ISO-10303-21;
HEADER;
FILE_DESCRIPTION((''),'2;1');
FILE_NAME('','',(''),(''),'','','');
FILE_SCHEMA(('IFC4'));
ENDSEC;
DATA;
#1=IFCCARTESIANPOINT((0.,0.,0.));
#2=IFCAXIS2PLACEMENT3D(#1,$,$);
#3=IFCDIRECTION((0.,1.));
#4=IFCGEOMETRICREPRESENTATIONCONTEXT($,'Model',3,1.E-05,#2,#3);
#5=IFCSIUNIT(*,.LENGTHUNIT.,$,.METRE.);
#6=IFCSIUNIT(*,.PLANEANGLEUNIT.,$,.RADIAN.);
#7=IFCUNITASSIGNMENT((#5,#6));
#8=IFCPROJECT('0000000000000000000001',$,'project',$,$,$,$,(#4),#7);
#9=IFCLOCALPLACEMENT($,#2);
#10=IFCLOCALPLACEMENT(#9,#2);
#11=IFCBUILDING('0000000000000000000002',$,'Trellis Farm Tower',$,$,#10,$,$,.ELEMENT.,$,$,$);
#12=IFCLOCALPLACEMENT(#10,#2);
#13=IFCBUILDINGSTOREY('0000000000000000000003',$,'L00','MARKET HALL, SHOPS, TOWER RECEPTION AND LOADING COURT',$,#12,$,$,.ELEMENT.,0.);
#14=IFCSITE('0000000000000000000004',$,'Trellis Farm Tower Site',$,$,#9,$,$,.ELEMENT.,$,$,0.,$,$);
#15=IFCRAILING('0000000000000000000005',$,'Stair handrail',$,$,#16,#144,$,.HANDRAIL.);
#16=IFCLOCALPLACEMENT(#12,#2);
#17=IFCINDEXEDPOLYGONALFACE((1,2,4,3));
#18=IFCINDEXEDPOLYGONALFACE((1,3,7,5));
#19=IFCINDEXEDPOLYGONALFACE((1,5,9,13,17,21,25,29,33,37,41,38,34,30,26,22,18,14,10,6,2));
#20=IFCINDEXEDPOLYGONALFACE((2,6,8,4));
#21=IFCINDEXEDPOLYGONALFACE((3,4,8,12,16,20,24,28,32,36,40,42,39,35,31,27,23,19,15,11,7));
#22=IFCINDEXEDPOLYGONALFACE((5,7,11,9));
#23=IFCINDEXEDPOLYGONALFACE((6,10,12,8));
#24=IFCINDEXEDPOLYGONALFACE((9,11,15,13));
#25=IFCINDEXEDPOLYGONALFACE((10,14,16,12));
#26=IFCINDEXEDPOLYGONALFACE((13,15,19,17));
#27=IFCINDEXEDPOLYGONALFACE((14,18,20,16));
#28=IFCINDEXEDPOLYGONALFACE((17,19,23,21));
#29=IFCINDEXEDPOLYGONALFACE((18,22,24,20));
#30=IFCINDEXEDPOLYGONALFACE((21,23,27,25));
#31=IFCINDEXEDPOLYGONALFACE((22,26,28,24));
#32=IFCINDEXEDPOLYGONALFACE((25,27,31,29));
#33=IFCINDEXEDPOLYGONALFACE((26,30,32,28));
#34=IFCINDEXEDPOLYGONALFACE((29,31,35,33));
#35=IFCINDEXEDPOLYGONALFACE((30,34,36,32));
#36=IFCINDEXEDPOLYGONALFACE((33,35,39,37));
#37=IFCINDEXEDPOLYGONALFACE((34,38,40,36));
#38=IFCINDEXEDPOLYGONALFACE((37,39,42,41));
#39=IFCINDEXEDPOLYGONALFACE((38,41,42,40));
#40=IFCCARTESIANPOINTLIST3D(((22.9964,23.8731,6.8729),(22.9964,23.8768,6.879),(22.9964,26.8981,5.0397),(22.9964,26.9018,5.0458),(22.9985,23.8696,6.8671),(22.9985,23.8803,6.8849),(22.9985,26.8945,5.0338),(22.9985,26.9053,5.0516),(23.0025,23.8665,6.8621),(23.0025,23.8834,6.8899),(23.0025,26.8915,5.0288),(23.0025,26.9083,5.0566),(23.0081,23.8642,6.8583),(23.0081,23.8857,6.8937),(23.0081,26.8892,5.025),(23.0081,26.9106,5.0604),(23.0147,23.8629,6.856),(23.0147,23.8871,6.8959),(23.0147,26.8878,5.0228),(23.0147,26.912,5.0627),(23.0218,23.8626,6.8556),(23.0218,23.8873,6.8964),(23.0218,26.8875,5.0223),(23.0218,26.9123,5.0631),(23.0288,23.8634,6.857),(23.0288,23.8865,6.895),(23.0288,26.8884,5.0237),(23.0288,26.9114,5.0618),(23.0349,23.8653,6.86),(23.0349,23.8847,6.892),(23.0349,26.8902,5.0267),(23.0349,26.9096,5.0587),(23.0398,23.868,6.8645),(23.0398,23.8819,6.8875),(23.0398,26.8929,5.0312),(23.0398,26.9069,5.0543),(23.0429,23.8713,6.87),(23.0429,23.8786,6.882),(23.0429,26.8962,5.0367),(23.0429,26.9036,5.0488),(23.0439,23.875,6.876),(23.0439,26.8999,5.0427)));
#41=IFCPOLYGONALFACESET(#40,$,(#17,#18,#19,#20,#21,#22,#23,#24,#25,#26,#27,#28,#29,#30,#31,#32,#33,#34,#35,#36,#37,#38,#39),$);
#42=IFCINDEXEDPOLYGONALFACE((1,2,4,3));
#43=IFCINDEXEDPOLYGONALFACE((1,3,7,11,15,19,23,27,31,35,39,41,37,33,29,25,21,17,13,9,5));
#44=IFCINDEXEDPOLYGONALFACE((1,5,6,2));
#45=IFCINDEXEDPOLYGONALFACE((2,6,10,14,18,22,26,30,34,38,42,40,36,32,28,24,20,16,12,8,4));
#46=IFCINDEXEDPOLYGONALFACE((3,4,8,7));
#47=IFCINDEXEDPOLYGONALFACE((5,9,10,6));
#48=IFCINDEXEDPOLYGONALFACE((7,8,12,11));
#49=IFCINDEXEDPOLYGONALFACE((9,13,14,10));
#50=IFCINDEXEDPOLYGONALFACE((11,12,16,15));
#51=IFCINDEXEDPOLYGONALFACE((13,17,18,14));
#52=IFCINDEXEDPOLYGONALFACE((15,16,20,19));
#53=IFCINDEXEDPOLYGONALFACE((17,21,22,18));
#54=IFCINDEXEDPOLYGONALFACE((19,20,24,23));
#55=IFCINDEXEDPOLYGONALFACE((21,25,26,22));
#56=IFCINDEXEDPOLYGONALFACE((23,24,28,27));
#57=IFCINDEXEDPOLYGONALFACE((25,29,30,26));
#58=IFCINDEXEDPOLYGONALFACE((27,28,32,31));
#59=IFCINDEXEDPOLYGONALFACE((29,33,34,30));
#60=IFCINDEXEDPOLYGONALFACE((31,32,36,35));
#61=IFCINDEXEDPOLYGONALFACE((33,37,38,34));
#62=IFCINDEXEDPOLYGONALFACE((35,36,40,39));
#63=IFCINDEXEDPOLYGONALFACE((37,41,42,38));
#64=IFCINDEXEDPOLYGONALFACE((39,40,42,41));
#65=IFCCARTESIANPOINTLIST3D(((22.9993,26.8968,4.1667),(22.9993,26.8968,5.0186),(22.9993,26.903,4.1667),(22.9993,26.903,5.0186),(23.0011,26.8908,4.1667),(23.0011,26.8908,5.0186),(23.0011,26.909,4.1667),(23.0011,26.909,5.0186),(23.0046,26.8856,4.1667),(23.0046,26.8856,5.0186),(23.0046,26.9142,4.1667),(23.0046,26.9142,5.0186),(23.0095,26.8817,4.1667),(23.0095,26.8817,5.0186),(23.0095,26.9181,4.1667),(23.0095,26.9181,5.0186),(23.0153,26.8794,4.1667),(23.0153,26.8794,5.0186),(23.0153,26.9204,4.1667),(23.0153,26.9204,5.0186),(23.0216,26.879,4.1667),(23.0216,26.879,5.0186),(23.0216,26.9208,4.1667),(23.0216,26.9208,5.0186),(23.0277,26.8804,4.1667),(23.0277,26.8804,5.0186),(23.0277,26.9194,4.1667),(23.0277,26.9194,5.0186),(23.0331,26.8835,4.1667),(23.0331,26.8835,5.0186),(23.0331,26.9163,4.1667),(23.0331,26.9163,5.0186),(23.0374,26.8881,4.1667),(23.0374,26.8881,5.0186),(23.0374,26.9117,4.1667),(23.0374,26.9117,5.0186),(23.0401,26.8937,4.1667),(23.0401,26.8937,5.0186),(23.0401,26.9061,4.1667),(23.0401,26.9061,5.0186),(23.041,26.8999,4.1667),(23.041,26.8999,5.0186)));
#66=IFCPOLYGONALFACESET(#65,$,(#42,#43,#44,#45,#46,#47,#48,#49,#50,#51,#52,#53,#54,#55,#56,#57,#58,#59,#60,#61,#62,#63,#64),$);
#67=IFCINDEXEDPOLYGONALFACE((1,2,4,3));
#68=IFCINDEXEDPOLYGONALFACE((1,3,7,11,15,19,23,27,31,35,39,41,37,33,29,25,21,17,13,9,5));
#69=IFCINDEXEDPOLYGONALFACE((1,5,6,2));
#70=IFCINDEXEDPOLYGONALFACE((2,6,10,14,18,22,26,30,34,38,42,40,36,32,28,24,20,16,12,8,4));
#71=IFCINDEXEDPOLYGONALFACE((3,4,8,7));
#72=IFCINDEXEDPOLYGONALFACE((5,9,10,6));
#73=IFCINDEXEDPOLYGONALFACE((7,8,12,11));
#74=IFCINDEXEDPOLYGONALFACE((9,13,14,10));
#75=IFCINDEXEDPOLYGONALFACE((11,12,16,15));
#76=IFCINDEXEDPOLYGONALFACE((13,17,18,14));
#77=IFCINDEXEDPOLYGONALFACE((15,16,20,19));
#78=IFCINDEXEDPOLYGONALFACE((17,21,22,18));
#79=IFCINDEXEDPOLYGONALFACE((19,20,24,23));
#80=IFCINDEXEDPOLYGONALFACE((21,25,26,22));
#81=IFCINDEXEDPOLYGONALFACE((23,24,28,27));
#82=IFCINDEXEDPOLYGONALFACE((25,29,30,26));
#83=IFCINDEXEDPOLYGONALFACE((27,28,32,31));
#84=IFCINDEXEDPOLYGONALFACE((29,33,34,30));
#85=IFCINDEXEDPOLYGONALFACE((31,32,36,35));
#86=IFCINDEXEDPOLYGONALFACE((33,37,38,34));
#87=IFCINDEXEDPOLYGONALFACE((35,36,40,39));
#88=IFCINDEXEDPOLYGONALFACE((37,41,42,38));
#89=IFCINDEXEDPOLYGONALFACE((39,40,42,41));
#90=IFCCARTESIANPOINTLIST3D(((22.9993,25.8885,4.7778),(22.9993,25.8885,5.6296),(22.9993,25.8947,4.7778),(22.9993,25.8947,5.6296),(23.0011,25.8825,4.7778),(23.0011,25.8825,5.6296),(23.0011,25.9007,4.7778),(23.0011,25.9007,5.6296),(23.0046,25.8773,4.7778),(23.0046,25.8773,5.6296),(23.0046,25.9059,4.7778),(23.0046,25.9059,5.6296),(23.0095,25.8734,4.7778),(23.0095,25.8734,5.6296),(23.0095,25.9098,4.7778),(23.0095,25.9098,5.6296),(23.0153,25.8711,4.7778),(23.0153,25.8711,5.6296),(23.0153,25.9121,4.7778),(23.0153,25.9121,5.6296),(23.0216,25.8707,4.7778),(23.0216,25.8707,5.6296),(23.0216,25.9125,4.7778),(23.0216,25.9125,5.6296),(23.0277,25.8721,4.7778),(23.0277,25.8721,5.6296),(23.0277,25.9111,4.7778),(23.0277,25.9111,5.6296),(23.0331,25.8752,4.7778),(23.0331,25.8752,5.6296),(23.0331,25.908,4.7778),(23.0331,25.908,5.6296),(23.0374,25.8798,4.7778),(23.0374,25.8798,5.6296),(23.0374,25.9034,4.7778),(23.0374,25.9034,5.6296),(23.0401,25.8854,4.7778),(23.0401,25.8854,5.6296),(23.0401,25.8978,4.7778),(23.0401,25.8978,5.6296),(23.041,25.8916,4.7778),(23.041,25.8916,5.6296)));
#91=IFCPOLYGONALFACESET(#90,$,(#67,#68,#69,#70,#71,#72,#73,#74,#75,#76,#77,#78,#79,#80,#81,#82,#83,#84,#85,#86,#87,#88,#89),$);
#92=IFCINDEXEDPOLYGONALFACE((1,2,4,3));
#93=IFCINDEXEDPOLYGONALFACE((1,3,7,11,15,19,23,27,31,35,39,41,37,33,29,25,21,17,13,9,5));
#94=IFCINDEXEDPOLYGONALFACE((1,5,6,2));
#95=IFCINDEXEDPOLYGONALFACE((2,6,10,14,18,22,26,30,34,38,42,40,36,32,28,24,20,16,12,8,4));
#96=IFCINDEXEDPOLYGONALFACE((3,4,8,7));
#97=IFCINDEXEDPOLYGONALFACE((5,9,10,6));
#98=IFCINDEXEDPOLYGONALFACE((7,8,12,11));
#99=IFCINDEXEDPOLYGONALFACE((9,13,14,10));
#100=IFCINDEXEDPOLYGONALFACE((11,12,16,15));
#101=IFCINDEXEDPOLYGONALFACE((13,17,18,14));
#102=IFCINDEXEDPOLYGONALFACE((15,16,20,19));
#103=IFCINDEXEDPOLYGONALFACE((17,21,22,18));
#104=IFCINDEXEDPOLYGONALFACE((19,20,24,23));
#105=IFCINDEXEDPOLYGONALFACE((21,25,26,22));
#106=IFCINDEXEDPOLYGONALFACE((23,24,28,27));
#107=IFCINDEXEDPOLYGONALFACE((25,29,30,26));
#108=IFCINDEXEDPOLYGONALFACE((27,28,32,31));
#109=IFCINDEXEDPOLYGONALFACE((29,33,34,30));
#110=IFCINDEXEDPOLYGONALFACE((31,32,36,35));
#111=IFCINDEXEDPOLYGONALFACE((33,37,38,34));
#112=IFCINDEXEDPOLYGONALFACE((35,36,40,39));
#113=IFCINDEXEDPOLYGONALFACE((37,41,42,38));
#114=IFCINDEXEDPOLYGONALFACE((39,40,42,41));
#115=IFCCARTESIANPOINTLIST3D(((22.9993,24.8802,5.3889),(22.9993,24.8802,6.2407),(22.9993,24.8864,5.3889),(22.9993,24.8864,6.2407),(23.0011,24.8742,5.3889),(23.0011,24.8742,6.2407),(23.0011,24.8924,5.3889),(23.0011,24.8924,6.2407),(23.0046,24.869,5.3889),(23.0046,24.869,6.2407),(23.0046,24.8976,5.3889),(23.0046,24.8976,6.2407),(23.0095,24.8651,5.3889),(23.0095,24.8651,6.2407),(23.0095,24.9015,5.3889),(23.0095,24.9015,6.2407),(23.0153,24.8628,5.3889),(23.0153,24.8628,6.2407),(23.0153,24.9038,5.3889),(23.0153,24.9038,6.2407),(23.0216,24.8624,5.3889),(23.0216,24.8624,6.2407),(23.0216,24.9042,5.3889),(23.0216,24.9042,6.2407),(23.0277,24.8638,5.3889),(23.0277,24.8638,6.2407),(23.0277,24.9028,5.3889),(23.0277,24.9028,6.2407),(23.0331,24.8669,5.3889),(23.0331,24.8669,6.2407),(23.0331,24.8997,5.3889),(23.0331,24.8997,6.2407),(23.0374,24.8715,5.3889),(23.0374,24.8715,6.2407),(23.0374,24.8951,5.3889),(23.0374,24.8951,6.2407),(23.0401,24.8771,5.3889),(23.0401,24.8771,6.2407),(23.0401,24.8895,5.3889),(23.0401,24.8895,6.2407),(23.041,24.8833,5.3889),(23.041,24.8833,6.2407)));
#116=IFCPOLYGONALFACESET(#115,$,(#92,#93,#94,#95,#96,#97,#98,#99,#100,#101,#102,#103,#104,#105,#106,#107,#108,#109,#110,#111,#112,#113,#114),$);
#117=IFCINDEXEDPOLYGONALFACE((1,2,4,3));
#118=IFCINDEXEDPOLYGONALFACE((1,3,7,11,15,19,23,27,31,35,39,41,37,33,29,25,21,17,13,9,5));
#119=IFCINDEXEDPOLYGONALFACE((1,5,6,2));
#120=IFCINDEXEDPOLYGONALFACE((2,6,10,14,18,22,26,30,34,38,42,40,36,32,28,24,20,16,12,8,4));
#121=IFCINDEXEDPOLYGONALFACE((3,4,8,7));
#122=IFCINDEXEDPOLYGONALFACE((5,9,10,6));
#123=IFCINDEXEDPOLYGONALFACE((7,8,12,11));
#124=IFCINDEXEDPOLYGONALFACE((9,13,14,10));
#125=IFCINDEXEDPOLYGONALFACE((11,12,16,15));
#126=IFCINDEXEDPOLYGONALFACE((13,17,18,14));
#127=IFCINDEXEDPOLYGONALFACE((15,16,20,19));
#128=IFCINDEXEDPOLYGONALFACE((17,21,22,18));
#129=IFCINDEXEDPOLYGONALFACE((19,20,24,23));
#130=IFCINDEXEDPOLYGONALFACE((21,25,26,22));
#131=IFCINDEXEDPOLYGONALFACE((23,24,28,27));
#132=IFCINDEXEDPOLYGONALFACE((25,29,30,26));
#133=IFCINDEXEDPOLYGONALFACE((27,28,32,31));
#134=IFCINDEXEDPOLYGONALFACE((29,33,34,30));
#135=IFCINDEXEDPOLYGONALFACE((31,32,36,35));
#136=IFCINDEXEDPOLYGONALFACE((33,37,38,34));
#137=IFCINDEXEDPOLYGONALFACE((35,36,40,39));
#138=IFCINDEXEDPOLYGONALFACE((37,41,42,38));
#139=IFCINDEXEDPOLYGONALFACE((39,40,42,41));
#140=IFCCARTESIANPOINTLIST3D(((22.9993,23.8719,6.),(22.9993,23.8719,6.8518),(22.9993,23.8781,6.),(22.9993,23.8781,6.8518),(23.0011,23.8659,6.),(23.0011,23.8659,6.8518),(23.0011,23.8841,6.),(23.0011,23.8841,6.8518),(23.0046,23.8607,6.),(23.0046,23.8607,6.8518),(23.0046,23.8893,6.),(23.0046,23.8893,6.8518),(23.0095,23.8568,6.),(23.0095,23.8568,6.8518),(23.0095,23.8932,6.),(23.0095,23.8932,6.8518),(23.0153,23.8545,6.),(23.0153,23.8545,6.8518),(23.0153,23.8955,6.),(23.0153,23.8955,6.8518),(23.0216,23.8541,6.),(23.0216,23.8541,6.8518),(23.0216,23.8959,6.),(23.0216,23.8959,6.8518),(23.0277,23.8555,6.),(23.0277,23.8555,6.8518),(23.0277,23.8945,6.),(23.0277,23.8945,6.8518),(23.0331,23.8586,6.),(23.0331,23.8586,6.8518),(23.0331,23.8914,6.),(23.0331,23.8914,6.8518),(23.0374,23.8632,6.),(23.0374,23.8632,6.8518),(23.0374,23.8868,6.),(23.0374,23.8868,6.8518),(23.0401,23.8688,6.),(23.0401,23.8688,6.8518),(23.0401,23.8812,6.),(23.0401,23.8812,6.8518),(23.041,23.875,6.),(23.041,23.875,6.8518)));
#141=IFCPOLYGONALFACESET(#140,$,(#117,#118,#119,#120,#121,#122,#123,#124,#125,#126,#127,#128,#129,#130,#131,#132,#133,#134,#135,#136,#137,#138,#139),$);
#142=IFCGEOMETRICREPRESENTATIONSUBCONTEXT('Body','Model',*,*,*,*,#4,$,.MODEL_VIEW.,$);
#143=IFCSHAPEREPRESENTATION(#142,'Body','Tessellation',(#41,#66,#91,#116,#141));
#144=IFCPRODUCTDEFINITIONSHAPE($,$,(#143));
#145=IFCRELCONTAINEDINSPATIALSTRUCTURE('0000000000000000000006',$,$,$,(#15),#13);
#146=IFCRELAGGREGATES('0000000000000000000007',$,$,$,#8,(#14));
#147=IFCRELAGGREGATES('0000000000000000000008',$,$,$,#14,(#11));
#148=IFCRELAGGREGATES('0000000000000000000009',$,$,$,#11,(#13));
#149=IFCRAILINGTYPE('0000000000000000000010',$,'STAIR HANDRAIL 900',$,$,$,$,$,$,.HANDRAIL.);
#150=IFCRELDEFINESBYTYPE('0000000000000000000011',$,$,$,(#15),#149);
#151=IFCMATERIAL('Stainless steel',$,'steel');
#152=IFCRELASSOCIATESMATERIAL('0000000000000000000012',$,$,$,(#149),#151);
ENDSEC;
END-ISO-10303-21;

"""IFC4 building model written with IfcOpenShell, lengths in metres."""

from ifc_helpers import new_model, si_unit, direction, frame, origin, origin_2d, place, context, subcontext, project, spatial, circle, extrude, source, transform, mapped, material, type_object, element, save


model = new_model("IFC4")

# Units and contexts
model_context = context("Model", 3, precision=1e-05, world=origin(), true_north=direction((0.0, 1.0)))
body_context = subcontext(model_context, "Body", "Model", "MODEL_VIEW")
ifc_project = project(units=[si_unit("LENGTHUNIT", "METRE"), si_unit("PLANEANGLEUNIT", "RADIAN")], contexts=[model_context])

# Site, building, storey
site_placement = place(None, origin())
site = spatial("IfcSite", under=ifc_project, at=site_placement, Name="Trellis Farm Tower Site", CompositionType="ELEMENT", RefElevation=0.0)
building_placement = place(site_placement, origin())
building = spatial("IfcBuilding", under=site, at=building_placement, Name="Trellis Farm Tower", CompositionType="ELEMENT")
storey_placement = place(building_placement, origin())
storey = spatial("IfcBuildingStorey", under=building, at=storey_placement, Name="L00", Description="MARKET HALL, SHOPS, TOWER RECEPTION AND LOADING COURT", CompositionType="ELEMENT", Elevation=0.0)

# Railing
ifc_material_1 = material(Name="Stainless steel", Category="steel")
railing_type = type_object("IfcRailingType", Name="STAIR HANDRAIL 900", PredefinedType="HANDRAIL", material=ifc_material_1)
shared_shape_1 = source(origin(), body_context, "Body", "SweptSolid", [
    extrude(circle(Radius=0.0239, at=origin_2d()), frame((0.0, 0.0, 0.876), z_axis=(0.0, -0.855201, 0.518297), x_axis=(1.0, 0.0, 0.0)), (0.0, 0.0, 1.0), 3.5371),
    extrude(circle(Radius=0.021, at=origin_2d()), origin(), (0.0, 0.0, 1.0), 0.8518),
    extrude(circle(Radius=0.021, at=origin_2d()), frame((0.0, -1.0083, 0.6111)), (0.0, 0.0, 1.0), 0.8518),
    extrude(circle(Radius=0.021, at=origin_2d()), frame((0.0, -2.0166, 1.2222)), (0.0, 0.0, 1.0), 0.8518),
    extrude(circle(Radius=0.021, at=origin_2d()), frame((0.0, -3.0249, 1.8333)), (0.0, 0.0, 1.0), 0.8518),
])
for number, where, name in (
    (1, (23.02, 26.8999, 4.1667), "Stair handrail"),
):
    element("IfcRailing", number, at=place(storey_placement, frame(where)), inside=storey, type_object=railing_type, Name=name, PredefinedType="HANDRAIL", context=body_context, shape_type="MappedRepresentation", body=[
        mapped(shared_shape_1, transform((0.0, 0.0, 0.0))),
    ])

save(model, "model.ifc")
